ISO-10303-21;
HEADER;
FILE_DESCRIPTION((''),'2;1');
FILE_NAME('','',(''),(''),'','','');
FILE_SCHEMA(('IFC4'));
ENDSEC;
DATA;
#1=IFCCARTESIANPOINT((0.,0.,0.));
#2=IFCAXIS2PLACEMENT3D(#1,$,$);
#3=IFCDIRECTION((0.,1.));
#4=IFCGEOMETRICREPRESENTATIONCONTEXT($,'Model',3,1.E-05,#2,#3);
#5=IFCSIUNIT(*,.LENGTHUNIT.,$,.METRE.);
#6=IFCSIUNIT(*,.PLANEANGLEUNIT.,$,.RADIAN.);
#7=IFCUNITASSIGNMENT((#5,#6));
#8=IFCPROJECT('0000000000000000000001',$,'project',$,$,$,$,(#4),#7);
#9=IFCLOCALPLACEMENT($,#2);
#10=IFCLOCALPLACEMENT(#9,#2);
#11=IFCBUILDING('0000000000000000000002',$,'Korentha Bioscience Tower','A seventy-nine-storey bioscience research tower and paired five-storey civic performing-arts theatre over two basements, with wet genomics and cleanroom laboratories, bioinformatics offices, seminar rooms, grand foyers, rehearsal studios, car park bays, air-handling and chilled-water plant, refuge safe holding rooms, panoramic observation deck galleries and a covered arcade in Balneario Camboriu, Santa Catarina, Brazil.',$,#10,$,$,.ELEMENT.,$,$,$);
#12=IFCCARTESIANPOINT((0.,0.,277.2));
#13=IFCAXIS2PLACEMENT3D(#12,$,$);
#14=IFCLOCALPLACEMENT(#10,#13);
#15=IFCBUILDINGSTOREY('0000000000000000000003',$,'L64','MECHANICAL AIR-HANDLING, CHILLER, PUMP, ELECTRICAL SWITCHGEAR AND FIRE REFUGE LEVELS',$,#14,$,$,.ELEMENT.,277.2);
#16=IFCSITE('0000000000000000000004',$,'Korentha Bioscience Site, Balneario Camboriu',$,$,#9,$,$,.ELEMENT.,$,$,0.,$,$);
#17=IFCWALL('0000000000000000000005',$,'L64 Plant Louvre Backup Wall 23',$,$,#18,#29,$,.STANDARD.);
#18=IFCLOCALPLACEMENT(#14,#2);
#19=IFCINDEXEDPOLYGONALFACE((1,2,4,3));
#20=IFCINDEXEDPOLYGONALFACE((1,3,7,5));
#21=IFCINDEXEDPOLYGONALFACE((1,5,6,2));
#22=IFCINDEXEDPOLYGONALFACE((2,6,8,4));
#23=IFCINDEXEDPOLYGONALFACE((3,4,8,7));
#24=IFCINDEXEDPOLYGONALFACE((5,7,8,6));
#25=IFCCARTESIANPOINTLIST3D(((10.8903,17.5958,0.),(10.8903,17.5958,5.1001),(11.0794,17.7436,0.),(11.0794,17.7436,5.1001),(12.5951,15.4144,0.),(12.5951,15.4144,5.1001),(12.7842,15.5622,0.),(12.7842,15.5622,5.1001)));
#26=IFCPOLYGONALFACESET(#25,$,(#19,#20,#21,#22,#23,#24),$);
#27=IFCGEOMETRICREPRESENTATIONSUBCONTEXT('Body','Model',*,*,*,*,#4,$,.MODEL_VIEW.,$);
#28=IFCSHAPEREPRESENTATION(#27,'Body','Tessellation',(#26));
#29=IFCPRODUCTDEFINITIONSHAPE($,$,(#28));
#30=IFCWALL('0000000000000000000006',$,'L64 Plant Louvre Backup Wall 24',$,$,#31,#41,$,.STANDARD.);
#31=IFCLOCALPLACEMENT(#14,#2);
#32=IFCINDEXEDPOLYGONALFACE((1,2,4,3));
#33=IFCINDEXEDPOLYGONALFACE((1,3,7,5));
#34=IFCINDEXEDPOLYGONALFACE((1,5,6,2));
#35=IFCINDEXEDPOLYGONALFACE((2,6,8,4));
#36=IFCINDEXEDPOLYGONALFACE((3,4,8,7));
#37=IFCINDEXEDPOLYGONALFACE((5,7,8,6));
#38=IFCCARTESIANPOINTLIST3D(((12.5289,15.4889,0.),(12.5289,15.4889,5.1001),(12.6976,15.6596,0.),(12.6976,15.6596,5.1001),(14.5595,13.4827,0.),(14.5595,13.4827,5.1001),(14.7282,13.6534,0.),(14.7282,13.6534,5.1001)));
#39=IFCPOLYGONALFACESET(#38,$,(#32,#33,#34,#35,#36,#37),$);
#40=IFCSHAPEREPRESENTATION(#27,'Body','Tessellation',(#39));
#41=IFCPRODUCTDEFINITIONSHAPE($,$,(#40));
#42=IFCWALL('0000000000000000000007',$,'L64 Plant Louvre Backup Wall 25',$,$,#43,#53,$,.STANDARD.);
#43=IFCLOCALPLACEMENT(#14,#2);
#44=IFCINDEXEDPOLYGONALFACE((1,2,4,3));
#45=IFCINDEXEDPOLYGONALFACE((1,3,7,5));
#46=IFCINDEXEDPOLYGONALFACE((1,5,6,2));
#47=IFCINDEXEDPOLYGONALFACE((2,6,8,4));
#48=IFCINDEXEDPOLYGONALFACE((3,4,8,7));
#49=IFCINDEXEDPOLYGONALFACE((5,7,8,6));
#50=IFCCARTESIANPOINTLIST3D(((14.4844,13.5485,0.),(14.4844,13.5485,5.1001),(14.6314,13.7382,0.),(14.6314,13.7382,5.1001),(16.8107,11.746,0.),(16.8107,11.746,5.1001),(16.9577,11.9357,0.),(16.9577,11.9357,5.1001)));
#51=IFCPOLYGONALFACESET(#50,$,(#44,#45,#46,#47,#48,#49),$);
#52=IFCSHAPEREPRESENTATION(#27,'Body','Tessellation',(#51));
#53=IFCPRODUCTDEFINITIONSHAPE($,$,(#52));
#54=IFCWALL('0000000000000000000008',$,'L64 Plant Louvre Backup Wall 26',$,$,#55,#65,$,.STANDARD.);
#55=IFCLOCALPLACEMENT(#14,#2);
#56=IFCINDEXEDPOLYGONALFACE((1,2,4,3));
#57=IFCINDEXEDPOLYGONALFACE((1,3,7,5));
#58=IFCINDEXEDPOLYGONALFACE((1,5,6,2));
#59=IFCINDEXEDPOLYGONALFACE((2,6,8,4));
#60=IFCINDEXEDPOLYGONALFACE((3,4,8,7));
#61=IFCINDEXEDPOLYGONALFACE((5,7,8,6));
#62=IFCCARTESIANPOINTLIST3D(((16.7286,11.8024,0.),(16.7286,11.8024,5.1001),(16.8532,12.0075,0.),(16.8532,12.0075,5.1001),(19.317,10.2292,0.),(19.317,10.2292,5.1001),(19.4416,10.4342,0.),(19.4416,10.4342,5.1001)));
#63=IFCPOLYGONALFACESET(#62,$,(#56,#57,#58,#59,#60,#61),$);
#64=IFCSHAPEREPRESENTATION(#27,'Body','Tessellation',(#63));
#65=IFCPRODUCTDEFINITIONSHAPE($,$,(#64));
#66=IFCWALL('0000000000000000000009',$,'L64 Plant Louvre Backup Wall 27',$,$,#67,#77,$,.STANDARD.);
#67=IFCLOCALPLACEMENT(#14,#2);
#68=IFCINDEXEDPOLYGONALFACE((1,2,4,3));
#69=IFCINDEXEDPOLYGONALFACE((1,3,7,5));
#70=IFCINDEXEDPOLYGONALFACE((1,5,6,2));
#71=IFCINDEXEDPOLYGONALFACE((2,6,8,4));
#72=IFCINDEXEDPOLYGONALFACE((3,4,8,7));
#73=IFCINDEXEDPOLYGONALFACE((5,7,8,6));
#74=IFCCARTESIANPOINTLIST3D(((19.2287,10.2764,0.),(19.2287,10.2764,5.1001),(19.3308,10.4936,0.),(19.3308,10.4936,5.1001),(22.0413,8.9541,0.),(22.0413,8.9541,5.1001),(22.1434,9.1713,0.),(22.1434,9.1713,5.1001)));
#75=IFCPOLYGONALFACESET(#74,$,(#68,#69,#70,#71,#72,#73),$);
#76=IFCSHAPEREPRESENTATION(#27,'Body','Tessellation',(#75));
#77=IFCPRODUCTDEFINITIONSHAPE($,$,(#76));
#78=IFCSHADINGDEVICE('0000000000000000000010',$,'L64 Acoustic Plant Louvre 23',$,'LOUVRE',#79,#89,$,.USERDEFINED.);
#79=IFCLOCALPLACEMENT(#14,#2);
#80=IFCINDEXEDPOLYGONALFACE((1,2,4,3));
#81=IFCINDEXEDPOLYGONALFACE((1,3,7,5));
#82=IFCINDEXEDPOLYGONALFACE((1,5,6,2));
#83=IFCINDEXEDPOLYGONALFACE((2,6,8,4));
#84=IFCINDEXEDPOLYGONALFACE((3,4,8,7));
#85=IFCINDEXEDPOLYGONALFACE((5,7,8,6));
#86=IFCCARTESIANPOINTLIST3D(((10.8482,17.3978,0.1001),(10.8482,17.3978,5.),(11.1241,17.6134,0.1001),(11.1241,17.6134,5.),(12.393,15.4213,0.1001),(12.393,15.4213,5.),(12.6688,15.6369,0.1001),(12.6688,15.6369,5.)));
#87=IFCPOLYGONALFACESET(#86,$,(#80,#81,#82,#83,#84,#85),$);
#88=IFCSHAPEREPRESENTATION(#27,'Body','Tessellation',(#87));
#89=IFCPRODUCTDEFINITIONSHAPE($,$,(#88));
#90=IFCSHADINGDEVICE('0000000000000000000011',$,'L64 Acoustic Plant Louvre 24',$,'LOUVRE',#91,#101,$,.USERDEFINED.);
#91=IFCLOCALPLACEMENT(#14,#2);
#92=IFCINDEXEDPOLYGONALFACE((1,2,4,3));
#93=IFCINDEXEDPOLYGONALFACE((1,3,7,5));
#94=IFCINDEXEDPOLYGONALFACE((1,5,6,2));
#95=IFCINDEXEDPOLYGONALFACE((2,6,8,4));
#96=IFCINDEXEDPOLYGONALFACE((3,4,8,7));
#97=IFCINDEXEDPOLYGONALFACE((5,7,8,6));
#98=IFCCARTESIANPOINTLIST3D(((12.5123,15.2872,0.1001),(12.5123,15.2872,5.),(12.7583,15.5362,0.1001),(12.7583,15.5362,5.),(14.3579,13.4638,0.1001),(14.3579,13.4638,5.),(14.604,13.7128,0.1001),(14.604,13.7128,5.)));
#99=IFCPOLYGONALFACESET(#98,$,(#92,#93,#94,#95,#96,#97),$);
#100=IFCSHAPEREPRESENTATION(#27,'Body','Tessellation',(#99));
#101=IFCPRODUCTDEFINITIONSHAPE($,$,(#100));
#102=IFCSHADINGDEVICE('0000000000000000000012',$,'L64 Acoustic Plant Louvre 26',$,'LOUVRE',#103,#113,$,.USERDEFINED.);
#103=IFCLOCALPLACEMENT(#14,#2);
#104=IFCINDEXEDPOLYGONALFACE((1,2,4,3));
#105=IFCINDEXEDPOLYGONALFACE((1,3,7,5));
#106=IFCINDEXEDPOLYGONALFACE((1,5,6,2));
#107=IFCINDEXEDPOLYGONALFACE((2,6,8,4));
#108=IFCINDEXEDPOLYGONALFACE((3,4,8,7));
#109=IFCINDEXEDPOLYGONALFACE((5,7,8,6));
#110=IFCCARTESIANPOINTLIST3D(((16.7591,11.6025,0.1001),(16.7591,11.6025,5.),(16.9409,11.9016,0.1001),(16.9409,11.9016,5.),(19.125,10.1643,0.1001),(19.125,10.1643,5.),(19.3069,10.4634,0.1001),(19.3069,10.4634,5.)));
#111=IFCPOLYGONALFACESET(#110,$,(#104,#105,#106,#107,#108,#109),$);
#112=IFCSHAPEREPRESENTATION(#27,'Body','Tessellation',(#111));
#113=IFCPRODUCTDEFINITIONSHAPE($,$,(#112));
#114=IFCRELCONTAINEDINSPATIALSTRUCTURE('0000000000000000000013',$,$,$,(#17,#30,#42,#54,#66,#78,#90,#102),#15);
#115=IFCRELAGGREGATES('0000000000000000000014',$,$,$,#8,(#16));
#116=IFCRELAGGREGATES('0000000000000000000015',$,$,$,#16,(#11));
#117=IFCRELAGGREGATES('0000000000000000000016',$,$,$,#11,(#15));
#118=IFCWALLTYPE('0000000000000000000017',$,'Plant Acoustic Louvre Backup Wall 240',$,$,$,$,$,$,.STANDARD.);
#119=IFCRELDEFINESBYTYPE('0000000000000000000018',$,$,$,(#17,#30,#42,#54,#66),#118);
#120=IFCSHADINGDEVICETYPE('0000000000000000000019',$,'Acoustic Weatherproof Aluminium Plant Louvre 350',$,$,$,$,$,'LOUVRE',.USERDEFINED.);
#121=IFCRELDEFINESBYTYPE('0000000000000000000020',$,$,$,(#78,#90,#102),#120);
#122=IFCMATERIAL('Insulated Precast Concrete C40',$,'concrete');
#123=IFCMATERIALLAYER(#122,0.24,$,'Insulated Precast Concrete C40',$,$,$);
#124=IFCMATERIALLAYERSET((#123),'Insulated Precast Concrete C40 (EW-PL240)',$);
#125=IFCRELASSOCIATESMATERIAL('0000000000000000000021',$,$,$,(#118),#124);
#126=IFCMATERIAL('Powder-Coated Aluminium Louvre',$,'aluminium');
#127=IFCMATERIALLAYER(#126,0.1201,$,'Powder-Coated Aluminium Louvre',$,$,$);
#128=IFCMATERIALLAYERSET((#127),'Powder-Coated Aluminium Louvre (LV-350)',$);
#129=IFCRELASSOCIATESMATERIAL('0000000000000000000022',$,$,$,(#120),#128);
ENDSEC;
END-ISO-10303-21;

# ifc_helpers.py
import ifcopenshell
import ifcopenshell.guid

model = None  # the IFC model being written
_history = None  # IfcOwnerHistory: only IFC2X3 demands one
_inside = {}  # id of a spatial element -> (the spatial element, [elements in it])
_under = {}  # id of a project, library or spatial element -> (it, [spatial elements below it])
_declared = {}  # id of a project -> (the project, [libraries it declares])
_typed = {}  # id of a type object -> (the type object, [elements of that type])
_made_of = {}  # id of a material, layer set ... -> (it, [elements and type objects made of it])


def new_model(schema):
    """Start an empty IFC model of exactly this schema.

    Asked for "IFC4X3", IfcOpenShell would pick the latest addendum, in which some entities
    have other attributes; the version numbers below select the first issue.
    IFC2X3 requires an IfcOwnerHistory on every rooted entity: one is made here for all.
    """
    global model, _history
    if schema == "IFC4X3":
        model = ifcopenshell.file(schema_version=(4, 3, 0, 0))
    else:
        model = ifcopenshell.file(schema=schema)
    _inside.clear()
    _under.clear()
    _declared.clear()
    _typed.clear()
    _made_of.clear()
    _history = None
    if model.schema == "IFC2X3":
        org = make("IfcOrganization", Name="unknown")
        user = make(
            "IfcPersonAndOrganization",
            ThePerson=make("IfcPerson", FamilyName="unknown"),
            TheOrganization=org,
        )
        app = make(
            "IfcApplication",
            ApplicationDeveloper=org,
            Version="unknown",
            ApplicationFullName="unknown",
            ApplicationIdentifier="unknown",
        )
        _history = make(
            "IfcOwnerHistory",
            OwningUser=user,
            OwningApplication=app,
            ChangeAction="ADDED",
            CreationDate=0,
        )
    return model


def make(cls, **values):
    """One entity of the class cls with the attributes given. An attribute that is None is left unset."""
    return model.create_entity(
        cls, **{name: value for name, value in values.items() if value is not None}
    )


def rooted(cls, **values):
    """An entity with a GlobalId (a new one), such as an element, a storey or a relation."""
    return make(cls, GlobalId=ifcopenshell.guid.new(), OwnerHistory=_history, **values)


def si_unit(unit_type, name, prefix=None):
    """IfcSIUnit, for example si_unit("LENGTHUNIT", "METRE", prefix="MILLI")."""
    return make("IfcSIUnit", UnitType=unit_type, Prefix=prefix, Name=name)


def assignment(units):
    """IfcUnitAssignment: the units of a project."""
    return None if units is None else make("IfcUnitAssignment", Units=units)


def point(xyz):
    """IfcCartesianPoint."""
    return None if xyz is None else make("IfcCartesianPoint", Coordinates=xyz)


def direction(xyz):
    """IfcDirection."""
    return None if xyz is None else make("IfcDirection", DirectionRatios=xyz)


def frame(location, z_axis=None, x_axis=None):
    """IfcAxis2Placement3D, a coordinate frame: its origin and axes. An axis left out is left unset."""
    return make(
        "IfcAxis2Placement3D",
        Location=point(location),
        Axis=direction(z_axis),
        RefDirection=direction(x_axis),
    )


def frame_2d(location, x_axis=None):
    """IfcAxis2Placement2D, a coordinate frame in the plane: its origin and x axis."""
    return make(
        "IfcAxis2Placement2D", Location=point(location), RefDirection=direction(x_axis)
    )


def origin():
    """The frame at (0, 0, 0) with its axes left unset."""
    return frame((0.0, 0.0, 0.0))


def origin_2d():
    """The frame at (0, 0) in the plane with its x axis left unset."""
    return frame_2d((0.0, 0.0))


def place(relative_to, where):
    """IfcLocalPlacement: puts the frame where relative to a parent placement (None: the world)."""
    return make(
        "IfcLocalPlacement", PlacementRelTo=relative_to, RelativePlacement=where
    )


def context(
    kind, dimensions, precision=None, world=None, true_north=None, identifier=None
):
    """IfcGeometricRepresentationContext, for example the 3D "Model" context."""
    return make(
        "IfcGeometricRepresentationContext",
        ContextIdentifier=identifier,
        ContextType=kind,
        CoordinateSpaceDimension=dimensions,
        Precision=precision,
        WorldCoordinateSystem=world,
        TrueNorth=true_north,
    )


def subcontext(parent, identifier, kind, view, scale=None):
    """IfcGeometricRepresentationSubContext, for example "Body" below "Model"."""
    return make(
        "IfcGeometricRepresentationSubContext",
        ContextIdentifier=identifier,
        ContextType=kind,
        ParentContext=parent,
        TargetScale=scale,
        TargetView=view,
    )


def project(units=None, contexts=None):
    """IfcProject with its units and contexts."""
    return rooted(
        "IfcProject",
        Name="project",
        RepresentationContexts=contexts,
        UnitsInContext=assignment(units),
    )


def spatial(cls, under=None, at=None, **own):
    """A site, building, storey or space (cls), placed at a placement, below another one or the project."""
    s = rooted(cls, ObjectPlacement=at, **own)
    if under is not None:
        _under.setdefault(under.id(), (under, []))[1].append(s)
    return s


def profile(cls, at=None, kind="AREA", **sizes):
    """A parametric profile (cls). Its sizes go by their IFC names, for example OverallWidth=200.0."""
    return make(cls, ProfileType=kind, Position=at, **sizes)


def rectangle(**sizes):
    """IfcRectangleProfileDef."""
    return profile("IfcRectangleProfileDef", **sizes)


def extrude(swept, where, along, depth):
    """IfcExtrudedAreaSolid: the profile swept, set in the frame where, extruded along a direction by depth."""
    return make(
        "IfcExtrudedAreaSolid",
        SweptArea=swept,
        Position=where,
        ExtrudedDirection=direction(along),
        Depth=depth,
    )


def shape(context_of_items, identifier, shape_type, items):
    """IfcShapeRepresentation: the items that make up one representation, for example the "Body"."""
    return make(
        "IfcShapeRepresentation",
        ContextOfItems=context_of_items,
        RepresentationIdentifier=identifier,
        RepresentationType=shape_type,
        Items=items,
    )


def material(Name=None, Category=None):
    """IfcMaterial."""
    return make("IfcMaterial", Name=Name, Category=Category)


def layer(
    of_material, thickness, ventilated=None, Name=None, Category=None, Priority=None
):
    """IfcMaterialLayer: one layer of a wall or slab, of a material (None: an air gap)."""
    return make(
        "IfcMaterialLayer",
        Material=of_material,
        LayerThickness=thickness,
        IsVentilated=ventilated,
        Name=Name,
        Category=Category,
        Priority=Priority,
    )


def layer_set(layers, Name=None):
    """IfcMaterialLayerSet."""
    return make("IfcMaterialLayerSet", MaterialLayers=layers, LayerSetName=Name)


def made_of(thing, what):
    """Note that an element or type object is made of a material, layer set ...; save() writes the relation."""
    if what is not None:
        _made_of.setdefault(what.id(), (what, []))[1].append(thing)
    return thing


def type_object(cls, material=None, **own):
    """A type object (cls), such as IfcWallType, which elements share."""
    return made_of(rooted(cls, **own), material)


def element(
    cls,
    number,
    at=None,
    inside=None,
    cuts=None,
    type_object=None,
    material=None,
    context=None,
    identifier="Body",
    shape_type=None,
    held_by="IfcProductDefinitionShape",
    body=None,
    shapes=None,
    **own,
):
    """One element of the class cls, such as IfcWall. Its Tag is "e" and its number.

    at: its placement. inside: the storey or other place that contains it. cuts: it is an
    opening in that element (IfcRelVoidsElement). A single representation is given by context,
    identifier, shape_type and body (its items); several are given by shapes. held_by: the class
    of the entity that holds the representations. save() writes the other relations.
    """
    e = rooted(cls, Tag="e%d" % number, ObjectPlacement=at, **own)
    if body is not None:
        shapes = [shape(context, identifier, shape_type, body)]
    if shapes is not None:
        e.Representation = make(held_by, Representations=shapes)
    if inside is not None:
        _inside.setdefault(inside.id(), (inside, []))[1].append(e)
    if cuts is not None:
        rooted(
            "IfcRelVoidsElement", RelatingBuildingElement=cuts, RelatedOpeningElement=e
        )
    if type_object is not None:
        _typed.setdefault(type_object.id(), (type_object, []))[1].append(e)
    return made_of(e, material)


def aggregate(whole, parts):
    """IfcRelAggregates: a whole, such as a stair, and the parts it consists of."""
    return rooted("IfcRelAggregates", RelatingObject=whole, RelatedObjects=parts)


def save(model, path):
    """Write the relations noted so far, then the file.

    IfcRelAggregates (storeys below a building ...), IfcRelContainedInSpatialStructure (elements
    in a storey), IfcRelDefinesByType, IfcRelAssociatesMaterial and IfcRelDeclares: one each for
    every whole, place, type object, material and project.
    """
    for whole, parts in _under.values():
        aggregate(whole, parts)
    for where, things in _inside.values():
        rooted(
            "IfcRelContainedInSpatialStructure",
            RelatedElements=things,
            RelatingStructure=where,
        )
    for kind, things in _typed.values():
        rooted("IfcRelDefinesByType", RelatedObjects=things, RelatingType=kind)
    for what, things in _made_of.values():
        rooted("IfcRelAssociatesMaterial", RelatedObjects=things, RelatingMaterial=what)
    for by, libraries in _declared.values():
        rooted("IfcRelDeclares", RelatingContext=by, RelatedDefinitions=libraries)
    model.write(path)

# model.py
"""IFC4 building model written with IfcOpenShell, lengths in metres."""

from ifc_helpers import new_model, si_unit, direction, frame, frame_2d, origin, origin_2d, place, context, subcontext, project, spatial, rectangle, extrude, material, layer, layer_set, type_object, element, save


model = new_model("IFC4")

# Units and contexts
model_context = context("Model", 3, precision=1e-05, world=origin(), true_north=direction((0.0, 1.0)))
body_context = subcontext(model_context, "Body", "Model", "MODEL_VIEW")
ifc_project = project(units=[si_unit("LENGTHUNIT", "METRE"), si_unit("PLANEANGLEUNIT", "RADIAN")], contexts=[model_context])

# Site, building, storey
site_placement = place(None, origin())
site = spatial("IfcSite", under=ifc_project, at=site_placement, Name="Korentha Bioscience Site, Balneario Camboriu", CompositionType="ELEMENT", RefElevation=0.0)
building_placement = place(site_placement, origin())
building = spatial("IfcBuilding", under=site, at=building_placement, Name="Korentha Bioscience Tower", Description="A seventy-nine-storey bioscience research tower and paired five-storey civic performing-arts theatre over two basements, with wet genomics and cleanroom laboratories, bioinformatics offices, seminar rooms, grand foyers, rehearsal studios, car park bays, air-handling and chilled-water plant, refuge safe holding rooms, panoramic observation deck galleries and a covered arcade in Balneario Camboriu, Santa Catarina, Brazil.", CompositionType="ELEMENT")
storey_placement = place(building_placement, frame((0.0, 0.0, 277.2)))
storey = spatial("IfcBuildingStorey", under=building, at=storey_placement, Name="L64", Description="MECHANICAL AIR-HANDLING, CHILLER, PUMP, ELECTRICAL SWITCHGEAR AND FIRE REFUGE LEVELS", CompositionType="ELEMENT", Elevation=277.2)

# Walls
ifc_material_1 = material(Name="Insulated Precast Concrete C40", Category="concrete")
ifc_layer_1 = layer(ifc_material_1, 0.24, Name="Insulated Precast Concrete C40")
ifc_layer_set_1 = layer_set([ifc_layer_1], Name="Insulated Precast Concrete C40 (EW-PL240)")
wall_type_1 = type_object("IfcWallType", Name="Plant Acoustic Louvre Backup Wall 240", PredefinedType="STANDARD", material=ifc_layer_set_1)
wall_1_placement = place(storey_placement, frame((10.9849, 17.6697, 0.0), z_axis=(0.0, 0.0, 1.0), x_axis=(0.615783, -0.787916, 0.0)))
element("IfcWall", 1, at=wall_1_placement, inside=storey, type_object=wall_type_1, Name="L64 Plant Louvre Backup Wall 23", PredefinedType="STANDARD", context=body_context, shape_type="SweptSolid", body=[
    extrude(rectangle(XDim=2.7686, YDim=0.24, at=frame_2d((1.3843, 0.0))), origin(), (0.0, 0.0, 1.0), 5.1001),
])
wall_2_placement = place(storey_placement, frame((12.6133, 15.5742, 0.0), z_axis=(0.0, 0.0, 1.0), x_axis=(0.71137, -0.702817, 0.0)))
element("IfcWall", 2, at=wall_2_placement, inside=storey, type_object=wall_type_1, Name="L64 Plant Louvre Backup Wall 24", PredefinedType="STANDARD", context=body_context, shape_type="SweptSolid", body=[
    extrude(rectangle(XDim=2.8545, YDim=0.24, at=frame_2d((1.4272, 0.0))), origin(), (0.0, 0.0, 1.0), 5.1001),
])
wall_3_placement = place(storey_placement, frame((14.5579, 13.6433, 0.0), z_axis=(0.0, 0.0, 1.0), x_axis=(0.790494, -0.612469, 0.0)))
element("IfcWall", 3, at=wall_3_placement, inside=storey, type_object=wall_type_1, Name="L64 Plant Louvre Backup Wall 25", PredefinedType="STANDARD", context=body_context, shape_type="SweptSolid", body=[
    extrude(rectangle(XDim=2.9429, YDim=0.24, at=frame_2d((1.4714, 0.0))), origin(), (0.0, 0.0, 1.0), 5.1001),
])
wall_4_placement = place(storey_placement, frame((16.7908, 11.905, 0.0), z_axis=(0.0, 0.0, 1.0), x_axis=(0.854535, -0.519395, 0.0)))
element("IfcWall", 4, at=wall_4_placement, inside=storey, type_object=wall_type_1, Name="L64 Plant Louvre Backup Wall 26", PredefinedType="STANDARD", context=body_context, shape_type="SweptSolid", body=[
    extrude(rectangle(XDim=3.0291, YDim=0.24, at=frame_2d((1.5146, 0.0))), origin(), (0.0, 0.0, 1.0), 5.1001),
])
wall_5_placement = place(storey_placement, frame((19.2798, 10.385, 0.0), z_axis=(0.0, 0.0, 1.0), x_axis=(0.904975, -0.425464, 0.0)))
element("IfcWall", 5, at=wall_5_placement, inside=storey, type_object=wall_type_1, Name="L64 Plant Louvre Backup Wall 27", PredefinedType="STANDARD", context=body_context, shape_type="SweptSolid", body=[
    extrude(rectangle(XDim=3.1079, YDim=0.24, at=frame_2d((1.554, 0.0))), origin(), (0.0, 0.0, 1.0), 5.1001),
])

# Shading devices
ifc_material_2 = material(Name="Powder-Coated Aluminium Louvre", Category="aluminium")
ifc_layer_2 = layer(ifc_material_2, 0.1201, Name="Powder-Coated Aluminium Louvre")
ifc_layer_set_2 = layer_set([ifc_layer_2], Name="Powder-Coated Aluminium Louvre (LV-350)")
shading_device_type = type_object("IfcShadingDeviceType", Name="Acoustic Weatherproof Aluminium Plant Louvre 350", ElementType="LOUVRE", PredefinedType="USERDEFINED", material=ifc_layer_set_2)
shading_device_1_placement = place(storey_placement, frame((11.7585, 16.5173, 0.1001), z_axis=(0.0, 0.0, 1.0), x_axis=(0.615794, -0.787907, 0.0)))
element("IfcShadingDevice", 6, at=shading_device_1_placement, inside=storey, type_object=shading_device_type, Name="L64 Acoustic Plant Louvre 23", ObjectType="LOUVRE", PredefinedType="USERDEFINED", context=body_context, shape_type="SweptSolid", body=[
    extrude(rectangle(XDim=2.5085, YDim=0.3501, at=origin_2d()), origin(), (0.0, 0.0, 1.0), 4.8999),
])
shading_device_2_placement = place(storey_placement, frame((13.5581, 14.5, 0.1001), z_axis=(0.0, 0.0, 1.0), x_axis=(0.711378, -0.70281, 0.0)))
element("IfcShadingDevice", 7, at=shading_device_2_placement, inside=storey, type_object=shading_device_type, Name="L64 Acoustic Plant Louvre 24", ObjectType="LOUVRE", PredefinedType="USERDEFINED", context=body_context, shape_type="SweptSolid", body=[
    extrude(rectangle(XDim=2.5945, YDim=0.3501, at=origin_2d()), origin(), (0.0, 0.0, 1.0), 4.8999),
])
shading_device_3_placement = place(storey_placement, frame((18.033, 11.033, 0.1001), z_axis=(0.0, 0.0, 1.0), x_axis=(0.854508, -0.519438, 0.0)))
element("IfcShadingDevice", 8, at=shading_device_3_placement, inside=storey, type_object=shading_device_type, Name="L64 Acoustic Plant Louvre 26", ObjectType="LOUVRE", PredefinedType="USERDEFINED", context=body_context, shape_type="SweptSolid", body=[
    extrude(rectangle(XDim=2.7688, YDim=0.3501, at=origin_2d()), origin(), (0.0, 0.0, 1.0), 4.8999),
])

save(model, "model.ifc")
